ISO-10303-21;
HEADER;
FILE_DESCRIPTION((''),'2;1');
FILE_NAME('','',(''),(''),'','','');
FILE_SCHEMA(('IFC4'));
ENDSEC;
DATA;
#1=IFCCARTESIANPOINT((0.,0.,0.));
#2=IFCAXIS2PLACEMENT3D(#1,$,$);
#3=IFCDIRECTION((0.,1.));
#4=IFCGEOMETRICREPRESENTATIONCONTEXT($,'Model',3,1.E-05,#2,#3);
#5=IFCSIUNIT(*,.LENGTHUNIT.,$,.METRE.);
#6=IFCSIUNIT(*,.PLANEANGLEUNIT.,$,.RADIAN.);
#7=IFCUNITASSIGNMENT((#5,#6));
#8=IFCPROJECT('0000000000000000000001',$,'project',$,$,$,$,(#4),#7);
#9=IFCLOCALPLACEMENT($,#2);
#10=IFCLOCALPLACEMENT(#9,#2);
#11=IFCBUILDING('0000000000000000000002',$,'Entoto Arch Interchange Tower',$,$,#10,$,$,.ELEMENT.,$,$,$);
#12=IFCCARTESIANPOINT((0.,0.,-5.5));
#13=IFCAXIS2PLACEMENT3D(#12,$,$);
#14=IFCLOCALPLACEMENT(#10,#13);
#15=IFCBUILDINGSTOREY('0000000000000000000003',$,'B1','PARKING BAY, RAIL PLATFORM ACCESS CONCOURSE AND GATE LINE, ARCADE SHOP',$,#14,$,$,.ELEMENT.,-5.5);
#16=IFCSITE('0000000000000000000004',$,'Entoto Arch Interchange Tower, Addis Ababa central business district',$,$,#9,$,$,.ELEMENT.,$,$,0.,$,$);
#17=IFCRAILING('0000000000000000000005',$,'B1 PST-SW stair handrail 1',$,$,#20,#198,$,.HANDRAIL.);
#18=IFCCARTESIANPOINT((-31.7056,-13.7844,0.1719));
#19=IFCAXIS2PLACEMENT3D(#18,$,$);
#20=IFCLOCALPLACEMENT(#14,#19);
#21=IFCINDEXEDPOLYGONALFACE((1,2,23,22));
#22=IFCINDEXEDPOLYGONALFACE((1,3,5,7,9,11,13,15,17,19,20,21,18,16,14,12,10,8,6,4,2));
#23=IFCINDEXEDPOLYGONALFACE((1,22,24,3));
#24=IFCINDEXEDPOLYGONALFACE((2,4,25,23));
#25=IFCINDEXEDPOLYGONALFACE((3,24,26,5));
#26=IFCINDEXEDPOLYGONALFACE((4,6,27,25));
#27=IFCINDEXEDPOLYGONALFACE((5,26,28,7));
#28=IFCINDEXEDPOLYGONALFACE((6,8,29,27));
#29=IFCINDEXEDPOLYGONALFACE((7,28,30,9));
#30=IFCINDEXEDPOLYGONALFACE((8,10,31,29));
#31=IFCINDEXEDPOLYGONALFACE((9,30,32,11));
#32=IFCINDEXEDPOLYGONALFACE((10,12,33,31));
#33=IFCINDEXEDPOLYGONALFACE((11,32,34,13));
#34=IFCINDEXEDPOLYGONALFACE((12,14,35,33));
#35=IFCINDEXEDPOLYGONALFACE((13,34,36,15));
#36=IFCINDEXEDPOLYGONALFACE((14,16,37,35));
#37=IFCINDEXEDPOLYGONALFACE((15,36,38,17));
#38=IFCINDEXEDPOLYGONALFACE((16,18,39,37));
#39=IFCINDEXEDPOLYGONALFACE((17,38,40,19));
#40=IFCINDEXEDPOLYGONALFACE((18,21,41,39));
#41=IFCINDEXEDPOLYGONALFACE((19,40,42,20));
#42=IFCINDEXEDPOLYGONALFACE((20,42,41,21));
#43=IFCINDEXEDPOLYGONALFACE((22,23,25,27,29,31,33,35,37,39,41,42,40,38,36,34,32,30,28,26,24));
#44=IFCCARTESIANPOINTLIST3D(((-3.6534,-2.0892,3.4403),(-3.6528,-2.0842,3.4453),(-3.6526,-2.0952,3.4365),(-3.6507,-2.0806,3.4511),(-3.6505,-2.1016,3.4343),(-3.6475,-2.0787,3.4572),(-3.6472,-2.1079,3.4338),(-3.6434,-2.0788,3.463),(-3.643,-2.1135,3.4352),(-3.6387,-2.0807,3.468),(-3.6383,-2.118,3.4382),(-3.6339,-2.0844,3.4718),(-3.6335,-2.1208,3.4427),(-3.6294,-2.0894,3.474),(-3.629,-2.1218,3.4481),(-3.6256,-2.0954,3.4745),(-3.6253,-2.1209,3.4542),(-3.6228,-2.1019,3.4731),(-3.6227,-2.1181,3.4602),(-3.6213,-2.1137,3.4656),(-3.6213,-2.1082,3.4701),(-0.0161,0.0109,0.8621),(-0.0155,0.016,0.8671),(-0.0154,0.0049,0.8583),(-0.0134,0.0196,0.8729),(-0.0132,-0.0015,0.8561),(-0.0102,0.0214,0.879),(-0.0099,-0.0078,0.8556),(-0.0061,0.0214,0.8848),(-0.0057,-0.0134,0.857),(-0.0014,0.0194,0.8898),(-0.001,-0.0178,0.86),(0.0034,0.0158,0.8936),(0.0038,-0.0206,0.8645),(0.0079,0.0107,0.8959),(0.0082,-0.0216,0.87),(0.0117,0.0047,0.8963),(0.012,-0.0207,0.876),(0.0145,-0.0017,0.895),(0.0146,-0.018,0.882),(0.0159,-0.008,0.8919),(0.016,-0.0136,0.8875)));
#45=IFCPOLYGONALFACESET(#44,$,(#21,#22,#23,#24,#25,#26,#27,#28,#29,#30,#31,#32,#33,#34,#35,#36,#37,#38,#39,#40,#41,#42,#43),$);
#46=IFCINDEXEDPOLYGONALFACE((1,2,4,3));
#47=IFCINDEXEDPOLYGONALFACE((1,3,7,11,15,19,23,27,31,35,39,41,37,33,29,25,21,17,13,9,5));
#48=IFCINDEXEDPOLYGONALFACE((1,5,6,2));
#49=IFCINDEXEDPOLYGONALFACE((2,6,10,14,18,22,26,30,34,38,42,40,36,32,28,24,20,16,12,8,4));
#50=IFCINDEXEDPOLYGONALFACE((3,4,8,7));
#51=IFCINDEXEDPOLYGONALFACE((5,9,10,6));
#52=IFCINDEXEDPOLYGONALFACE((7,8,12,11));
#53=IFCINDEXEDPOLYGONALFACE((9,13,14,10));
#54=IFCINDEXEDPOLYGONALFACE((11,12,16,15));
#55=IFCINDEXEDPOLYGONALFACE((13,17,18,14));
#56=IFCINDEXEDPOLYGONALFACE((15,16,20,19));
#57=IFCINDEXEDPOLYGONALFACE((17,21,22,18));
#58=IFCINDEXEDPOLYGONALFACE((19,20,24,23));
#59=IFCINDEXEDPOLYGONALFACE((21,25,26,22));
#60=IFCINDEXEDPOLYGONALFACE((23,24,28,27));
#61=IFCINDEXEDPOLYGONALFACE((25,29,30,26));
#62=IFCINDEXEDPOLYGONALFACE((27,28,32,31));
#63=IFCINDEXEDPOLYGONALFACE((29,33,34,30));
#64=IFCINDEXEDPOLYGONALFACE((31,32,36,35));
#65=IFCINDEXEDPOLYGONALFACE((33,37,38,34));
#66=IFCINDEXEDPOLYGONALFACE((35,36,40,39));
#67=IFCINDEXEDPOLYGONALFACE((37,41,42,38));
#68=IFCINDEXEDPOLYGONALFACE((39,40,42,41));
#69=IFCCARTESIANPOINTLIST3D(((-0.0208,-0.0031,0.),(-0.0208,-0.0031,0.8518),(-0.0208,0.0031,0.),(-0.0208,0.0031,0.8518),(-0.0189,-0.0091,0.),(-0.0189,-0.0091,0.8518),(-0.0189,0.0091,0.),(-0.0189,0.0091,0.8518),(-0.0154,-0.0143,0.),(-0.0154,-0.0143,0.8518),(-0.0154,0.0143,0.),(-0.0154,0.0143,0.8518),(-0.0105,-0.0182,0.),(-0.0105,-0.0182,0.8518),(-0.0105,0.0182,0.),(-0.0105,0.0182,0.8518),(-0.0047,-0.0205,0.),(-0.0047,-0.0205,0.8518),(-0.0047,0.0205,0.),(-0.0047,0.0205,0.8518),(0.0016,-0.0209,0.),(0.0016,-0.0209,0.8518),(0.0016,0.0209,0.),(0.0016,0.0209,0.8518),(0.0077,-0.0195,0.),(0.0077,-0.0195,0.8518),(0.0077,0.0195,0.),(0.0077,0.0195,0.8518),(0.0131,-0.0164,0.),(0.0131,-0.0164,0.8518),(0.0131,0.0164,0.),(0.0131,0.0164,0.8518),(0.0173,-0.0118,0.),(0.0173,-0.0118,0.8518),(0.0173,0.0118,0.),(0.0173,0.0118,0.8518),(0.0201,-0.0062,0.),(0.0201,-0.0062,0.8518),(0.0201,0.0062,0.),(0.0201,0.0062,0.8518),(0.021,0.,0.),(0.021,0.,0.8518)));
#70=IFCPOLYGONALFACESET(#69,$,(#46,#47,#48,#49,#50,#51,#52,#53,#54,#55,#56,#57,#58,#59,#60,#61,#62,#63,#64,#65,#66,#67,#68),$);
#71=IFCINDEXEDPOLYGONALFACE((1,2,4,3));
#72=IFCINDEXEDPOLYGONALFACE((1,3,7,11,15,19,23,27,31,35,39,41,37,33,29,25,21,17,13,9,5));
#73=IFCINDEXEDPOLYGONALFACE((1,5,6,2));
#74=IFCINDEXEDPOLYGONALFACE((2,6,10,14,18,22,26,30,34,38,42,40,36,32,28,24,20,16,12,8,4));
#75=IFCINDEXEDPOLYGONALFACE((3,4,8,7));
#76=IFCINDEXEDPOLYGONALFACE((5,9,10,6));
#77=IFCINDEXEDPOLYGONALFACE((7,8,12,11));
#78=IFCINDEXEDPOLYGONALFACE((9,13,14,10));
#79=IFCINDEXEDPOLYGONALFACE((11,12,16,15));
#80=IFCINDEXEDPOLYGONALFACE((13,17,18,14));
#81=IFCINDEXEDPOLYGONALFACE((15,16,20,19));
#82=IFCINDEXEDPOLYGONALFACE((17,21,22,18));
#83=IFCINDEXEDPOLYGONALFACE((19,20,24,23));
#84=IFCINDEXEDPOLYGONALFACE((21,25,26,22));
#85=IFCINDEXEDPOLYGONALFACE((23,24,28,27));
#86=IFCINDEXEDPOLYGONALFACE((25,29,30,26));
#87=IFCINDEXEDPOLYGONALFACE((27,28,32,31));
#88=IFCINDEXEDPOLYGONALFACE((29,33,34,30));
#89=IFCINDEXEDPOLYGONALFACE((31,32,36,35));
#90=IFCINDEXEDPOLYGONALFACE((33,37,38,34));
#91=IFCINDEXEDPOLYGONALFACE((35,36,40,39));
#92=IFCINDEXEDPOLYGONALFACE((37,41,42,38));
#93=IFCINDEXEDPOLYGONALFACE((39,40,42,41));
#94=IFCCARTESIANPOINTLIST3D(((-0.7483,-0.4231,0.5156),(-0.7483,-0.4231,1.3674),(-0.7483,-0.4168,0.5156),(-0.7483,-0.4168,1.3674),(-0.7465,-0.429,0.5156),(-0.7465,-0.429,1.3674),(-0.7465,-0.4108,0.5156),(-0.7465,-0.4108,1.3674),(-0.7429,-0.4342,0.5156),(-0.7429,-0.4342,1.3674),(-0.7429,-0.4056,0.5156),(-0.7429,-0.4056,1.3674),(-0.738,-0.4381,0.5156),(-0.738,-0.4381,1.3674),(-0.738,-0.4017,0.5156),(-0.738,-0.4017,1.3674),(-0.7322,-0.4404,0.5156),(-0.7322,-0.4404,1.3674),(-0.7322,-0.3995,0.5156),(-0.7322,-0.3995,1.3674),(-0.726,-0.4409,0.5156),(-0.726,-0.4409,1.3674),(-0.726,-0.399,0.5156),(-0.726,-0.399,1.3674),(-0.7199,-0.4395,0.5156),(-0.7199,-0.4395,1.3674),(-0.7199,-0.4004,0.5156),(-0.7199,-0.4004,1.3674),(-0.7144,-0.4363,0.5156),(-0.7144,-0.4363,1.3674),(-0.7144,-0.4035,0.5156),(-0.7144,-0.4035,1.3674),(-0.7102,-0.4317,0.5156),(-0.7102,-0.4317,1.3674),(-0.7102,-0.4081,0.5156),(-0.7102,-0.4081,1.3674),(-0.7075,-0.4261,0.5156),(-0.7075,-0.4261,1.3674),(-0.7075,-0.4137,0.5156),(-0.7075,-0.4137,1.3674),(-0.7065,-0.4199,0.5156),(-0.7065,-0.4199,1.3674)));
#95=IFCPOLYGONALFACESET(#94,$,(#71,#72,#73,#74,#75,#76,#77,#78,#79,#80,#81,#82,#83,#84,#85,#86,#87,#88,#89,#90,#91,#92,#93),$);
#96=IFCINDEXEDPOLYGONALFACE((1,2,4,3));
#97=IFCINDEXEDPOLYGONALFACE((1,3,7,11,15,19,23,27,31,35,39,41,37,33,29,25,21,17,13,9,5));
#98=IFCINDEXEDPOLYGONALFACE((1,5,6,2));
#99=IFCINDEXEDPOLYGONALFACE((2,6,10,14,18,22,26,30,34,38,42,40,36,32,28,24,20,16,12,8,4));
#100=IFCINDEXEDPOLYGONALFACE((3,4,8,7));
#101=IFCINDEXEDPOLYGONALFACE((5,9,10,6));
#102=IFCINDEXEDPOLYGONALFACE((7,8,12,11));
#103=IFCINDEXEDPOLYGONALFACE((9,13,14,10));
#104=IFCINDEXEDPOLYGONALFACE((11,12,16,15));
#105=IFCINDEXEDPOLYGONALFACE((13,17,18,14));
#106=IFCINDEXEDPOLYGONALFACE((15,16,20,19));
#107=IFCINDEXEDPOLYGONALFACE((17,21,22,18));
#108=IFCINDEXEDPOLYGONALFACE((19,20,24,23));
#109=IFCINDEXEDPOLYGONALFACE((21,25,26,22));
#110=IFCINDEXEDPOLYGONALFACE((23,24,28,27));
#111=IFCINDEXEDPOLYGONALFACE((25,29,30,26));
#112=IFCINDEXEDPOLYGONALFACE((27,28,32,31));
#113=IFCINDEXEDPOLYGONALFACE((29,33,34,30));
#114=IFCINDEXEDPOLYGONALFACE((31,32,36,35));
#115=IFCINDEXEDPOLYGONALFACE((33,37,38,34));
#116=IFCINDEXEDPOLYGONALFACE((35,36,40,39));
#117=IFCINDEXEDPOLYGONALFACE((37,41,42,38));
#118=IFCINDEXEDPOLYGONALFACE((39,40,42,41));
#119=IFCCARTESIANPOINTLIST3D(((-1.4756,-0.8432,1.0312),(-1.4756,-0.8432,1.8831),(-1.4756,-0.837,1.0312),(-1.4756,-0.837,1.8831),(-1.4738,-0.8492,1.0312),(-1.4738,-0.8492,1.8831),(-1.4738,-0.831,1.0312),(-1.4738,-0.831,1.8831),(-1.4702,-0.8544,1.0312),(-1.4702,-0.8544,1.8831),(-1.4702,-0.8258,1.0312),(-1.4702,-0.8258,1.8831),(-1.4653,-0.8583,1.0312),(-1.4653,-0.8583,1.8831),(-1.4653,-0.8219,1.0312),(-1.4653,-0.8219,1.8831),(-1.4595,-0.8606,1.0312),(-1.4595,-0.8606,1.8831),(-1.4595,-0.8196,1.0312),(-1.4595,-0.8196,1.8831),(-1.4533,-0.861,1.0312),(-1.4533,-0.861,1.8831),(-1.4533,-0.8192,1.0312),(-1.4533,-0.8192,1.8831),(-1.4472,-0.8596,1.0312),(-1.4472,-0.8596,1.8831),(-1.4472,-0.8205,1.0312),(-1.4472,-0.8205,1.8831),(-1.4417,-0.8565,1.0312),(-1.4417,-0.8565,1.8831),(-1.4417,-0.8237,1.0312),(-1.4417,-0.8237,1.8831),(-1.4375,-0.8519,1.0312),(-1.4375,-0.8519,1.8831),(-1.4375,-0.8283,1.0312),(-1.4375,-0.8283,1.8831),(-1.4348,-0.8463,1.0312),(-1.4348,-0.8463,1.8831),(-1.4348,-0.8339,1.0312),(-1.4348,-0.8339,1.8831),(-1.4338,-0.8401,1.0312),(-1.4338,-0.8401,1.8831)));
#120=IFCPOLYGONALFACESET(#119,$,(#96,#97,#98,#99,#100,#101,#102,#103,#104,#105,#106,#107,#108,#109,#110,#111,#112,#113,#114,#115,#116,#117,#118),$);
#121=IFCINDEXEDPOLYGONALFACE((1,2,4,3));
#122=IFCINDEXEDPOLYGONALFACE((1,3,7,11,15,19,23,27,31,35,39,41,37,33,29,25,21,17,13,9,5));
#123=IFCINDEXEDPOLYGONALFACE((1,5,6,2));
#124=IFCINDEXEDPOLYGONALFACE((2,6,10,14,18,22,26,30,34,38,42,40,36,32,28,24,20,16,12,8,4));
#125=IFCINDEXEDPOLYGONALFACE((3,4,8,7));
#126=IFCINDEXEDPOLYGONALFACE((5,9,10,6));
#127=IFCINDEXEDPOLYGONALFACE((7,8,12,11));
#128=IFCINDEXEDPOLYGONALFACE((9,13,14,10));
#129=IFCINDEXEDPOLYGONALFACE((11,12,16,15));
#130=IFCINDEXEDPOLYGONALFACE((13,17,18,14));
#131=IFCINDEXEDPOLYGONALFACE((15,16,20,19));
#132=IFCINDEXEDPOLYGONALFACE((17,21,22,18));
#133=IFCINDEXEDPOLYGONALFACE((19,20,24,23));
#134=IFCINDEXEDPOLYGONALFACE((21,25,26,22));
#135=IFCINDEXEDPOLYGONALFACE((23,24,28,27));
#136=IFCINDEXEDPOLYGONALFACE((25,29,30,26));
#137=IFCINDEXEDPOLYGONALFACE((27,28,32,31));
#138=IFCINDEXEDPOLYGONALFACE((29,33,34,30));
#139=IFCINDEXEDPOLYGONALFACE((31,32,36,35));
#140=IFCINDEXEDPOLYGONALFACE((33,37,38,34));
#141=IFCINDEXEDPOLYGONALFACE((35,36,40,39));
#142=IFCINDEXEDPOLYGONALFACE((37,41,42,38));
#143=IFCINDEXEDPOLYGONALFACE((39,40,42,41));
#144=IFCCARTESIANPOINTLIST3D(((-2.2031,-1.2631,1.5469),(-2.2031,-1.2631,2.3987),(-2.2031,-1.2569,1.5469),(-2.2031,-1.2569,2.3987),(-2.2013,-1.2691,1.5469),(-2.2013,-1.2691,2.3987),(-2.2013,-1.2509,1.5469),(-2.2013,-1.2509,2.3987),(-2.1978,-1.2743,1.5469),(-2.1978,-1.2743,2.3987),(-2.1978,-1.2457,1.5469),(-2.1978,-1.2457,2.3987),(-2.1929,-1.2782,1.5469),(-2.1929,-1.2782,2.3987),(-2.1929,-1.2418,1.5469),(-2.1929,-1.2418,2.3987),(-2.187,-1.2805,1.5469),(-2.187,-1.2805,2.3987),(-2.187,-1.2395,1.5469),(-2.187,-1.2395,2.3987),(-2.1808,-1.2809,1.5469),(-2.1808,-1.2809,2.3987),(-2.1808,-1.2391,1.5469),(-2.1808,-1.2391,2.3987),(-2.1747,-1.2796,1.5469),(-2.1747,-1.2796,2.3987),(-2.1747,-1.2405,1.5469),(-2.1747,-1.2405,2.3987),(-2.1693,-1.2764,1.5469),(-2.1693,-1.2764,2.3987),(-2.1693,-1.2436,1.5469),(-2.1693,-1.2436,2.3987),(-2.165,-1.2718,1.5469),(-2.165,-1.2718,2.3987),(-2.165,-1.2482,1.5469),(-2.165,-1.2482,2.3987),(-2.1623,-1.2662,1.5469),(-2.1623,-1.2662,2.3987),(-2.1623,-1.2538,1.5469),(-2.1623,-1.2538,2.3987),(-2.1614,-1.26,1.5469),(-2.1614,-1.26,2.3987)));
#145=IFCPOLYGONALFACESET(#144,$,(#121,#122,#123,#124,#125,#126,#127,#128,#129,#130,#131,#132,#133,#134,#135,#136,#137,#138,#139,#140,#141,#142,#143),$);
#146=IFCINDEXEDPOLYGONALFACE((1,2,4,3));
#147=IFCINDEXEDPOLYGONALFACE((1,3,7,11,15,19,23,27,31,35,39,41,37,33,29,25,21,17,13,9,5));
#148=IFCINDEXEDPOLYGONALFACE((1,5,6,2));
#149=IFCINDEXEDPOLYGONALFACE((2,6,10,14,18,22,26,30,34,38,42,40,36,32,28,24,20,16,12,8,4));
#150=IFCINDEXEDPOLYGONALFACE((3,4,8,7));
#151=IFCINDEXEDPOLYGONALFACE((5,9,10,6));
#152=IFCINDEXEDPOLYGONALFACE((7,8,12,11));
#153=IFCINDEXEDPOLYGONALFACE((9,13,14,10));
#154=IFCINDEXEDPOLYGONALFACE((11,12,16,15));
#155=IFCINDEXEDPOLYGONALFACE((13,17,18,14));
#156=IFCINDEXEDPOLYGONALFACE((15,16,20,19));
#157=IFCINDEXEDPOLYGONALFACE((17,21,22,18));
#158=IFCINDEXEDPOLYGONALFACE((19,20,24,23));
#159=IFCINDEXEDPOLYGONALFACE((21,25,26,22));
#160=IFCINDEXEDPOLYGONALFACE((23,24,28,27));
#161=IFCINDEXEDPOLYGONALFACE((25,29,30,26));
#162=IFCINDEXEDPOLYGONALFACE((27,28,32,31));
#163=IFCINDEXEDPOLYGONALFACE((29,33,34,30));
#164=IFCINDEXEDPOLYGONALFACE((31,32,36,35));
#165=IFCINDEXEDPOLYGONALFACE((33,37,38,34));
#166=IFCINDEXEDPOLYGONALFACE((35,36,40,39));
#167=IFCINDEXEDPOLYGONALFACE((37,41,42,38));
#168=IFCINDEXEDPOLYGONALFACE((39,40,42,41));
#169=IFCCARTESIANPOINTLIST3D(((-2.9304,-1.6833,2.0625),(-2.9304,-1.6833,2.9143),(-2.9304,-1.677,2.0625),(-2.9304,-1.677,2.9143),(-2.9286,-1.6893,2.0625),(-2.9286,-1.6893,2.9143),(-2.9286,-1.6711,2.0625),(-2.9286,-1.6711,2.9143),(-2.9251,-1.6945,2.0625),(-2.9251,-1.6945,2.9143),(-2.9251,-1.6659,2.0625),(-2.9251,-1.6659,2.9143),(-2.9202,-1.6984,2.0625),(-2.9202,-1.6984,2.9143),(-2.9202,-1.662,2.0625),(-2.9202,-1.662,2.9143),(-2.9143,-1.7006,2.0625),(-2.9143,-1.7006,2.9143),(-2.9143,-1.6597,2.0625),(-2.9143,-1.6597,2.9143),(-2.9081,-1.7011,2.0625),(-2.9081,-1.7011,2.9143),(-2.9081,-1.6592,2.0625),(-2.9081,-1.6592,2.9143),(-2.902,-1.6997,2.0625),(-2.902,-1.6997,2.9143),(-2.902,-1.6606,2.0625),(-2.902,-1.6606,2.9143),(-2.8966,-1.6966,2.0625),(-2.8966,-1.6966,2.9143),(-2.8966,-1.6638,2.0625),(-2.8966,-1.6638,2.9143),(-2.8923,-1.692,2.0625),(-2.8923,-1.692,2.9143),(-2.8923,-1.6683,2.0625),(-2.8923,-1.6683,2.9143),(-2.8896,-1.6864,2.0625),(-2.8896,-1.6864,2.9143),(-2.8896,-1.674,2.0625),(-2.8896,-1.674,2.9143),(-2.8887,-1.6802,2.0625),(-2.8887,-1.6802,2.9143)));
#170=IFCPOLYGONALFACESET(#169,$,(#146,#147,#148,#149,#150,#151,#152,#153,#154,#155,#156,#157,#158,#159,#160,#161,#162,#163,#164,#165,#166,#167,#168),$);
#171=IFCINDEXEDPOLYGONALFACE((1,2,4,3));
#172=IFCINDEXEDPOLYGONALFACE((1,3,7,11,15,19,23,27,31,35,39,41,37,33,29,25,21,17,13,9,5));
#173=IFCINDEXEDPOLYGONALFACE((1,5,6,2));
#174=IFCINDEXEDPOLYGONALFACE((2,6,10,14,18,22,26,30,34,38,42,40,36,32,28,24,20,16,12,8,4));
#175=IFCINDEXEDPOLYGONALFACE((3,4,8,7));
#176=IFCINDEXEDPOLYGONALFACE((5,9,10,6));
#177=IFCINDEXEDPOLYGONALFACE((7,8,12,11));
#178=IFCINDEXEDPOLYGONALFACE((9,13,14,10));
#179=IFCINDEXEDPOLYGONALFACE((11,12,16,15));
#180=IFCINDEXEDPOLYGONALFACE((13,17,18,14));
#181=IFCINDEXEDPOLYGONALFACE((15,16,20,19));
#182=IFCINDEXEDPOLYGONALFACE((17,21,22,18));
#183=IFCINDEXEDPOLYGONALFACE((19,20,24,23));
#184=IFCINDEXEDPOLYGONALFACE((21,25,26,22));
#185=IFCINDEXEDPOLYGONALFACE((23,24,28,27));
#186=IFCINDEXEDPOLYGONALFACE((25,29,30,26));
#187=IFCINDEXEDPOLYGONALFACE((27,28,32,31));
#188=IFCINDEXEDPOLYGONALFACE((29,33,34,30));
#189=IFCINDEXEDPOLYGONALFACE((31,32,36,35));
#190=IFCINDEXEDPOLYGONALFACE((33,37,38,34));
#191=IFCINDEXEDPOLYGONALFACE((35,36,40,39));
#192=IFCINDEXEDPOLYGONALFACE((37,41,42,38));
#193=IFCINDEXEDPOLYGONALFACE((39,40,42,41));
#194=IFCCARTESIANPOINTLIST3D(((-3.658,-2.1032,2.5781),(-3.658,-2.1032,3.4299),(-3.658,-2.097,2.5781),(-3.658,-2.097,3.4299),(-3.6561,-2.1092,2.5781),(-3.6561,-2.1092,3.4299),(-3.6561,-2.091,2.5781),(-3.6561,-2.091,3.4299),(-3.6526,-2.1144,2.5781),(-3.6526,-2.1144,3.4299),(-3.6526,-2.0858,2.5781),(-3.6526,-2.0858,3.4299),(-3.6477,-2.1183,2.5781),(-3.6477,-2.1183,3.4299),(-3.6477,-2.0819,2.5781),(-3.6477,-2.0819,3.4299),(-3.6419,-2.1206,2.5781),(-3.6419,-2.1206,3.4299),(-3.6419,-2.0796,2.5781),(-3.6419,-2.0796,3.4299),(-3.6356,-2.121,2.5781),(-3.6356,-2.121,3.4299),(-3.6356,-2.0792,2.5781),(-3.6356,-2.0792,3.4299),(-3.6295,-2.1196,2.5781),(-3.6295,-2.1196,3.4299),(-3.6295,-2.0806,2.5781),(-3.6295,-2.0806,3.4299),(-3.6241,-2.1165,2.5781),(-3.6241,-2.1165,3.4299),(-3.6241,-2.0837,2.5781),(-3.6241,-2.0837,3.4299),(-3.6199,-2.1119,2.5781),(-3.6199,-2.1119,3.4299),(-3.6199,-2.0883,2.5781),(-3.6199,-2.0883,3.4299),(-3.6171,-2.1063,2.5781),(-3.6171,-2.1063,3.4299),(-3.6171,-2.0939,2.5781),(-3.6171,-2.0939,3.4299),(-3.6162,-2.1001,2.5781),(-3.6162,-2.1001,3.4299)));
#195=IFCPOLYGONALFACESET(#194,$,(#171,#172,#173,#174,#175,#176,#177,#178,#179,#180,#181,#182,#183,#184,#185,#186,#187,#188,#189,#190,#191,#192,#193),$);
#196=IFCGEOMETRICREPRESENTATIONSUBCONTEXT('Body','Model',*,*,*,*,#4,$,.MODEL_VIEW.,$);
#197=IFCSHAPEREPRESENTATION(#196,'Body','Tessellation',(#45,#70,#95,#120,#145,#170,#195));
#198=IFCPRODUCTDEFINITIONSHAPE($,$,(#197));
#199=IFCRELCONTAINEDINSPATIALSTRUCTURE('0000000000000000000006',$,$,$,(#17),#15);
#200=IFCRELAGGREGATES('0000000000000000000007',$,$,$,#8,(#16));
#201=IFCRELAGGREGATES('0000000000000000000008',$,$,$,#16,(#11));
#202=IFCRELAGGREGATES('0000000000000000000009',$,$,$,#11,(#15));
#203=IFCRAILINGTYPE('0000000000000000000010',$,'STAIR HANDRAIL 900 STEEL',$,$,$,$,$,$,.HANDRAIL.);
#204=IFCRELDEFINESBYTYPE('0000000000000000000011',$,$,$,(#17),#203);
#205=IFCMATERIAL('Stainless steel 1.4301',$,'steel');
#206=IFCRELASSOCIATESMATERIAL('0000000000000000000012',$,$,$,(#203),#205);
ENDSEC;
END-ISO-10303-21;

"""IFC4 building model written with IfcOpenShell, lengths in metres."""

from ifc_helpers import new_model, si_unit, direction, frame, origin, origin_2d, place, context, subcontext, project, spatial, circle, extrude, material, type_object, element, save


model = new_model("IFC4")

# Units and contexts
model_context = context("Model", 3, precision=1e-05, world=origin(), true_north=direction((0.0, 1.0)))
body_context = subcontext(model_context, "Body", "Model", "MODEL_VIEW")
ifc_project = project(units=[si_unit("LENGTHUNIT", "METRE"), si_unit("PLANEANGLEUNIT", "RADIAN")], contexts=[model_context])

# Site, building, storey
site_placement = place(None, origin())
site = spatial("IfcSite", under=ifc_project, at=site_placement, Name="Entoto Arch Interchange Tower, Addis Ababa central business district", CompositionType="ELEMENT", RefElevation=0.0)
building_placement = place(site_placement, origin())
building = spatial("IfcBuilding", under=site, at=building_placement, Name="Entoto Arch Interchange Tower", CompositionType="ELEMENT")
storey_placement = place(building_placement, frame((0.0, 0.0, -5.5)))
storey = spatial("IfcBuildingStorey", under=building, at=storey_placement, Name="B1", Description="PARKING BAY, RAIL PLATFORM ACCESS CONCOURSE AND GATE LINE, ARCADE SHOP", CompositionType="ELEMENT", Elevation=-5.5)

# Railing
ifc_material_1 = material(Name="Stainless steel 1.4301", Category="steel")
railing_type_1 = type_object("IfcRailingType", Name="STAIR HANDRAIL 900 STEEL", PredefinedType="HANDRAIL", material=ifc_material_1)
railing_1_placement = place(storey_placement, frame((-31.7056, -13.7844, 0.1719)))
element("IfcRailing", 1, at=railing_1_placement, inside=storey, type_object=railing_type_1, Name="B1 PST-SW stair handrail 1", PredefinedType="HANDRAIL", context=body_context, shape_type="SweptSolid", body=[
    extrude(circle(Radius=0.0239, at=origin_2d()), frame((0.0, 0.0, 0.876), z_axis=(-0.738051, -0.426145, 0.523145), x_axis=(0.500028, -0.866009, 0.0)), (0.0, 0.0, 1.0), 4.9282),
    extrude(circle(Radius=0.021, at=origin_2d()), origin(), (0.0, 0.0, 1.0), 0.8518),
    extrude(circle(Radius=0.021, at=origin_2d()), frame((-0.7275, -0.4199, 0.5156)), (0.0, 0.0, 1.0), 0.8518),
    extrude(circle(Radius=0.021, at=origin_2d()), frame((-1.4548, -0.8401, 1.0312)), (0.0, 0.0, 1.0), 0.8518),
    extrude(circle(Radius=0.021, at=origin_2d()), frame((-2.1824, -1.26, 1.5469)), (0.0, 0.0, 1.0), 0.8518),
    extrude(circle(Radius=0.021, at=origin_2d()), frame((-2.9097, -1.6802, 2.0625)), (0.0, 0.0, 1.0), 0.8518),
    extrude(circle(Radius=0.021, at=origin_2d()), frame((-3.6372, -2.1001, 2.5781)), (0.0, 0.0, 1.0), 0.8518),
])

save(model, "model.ifc")
